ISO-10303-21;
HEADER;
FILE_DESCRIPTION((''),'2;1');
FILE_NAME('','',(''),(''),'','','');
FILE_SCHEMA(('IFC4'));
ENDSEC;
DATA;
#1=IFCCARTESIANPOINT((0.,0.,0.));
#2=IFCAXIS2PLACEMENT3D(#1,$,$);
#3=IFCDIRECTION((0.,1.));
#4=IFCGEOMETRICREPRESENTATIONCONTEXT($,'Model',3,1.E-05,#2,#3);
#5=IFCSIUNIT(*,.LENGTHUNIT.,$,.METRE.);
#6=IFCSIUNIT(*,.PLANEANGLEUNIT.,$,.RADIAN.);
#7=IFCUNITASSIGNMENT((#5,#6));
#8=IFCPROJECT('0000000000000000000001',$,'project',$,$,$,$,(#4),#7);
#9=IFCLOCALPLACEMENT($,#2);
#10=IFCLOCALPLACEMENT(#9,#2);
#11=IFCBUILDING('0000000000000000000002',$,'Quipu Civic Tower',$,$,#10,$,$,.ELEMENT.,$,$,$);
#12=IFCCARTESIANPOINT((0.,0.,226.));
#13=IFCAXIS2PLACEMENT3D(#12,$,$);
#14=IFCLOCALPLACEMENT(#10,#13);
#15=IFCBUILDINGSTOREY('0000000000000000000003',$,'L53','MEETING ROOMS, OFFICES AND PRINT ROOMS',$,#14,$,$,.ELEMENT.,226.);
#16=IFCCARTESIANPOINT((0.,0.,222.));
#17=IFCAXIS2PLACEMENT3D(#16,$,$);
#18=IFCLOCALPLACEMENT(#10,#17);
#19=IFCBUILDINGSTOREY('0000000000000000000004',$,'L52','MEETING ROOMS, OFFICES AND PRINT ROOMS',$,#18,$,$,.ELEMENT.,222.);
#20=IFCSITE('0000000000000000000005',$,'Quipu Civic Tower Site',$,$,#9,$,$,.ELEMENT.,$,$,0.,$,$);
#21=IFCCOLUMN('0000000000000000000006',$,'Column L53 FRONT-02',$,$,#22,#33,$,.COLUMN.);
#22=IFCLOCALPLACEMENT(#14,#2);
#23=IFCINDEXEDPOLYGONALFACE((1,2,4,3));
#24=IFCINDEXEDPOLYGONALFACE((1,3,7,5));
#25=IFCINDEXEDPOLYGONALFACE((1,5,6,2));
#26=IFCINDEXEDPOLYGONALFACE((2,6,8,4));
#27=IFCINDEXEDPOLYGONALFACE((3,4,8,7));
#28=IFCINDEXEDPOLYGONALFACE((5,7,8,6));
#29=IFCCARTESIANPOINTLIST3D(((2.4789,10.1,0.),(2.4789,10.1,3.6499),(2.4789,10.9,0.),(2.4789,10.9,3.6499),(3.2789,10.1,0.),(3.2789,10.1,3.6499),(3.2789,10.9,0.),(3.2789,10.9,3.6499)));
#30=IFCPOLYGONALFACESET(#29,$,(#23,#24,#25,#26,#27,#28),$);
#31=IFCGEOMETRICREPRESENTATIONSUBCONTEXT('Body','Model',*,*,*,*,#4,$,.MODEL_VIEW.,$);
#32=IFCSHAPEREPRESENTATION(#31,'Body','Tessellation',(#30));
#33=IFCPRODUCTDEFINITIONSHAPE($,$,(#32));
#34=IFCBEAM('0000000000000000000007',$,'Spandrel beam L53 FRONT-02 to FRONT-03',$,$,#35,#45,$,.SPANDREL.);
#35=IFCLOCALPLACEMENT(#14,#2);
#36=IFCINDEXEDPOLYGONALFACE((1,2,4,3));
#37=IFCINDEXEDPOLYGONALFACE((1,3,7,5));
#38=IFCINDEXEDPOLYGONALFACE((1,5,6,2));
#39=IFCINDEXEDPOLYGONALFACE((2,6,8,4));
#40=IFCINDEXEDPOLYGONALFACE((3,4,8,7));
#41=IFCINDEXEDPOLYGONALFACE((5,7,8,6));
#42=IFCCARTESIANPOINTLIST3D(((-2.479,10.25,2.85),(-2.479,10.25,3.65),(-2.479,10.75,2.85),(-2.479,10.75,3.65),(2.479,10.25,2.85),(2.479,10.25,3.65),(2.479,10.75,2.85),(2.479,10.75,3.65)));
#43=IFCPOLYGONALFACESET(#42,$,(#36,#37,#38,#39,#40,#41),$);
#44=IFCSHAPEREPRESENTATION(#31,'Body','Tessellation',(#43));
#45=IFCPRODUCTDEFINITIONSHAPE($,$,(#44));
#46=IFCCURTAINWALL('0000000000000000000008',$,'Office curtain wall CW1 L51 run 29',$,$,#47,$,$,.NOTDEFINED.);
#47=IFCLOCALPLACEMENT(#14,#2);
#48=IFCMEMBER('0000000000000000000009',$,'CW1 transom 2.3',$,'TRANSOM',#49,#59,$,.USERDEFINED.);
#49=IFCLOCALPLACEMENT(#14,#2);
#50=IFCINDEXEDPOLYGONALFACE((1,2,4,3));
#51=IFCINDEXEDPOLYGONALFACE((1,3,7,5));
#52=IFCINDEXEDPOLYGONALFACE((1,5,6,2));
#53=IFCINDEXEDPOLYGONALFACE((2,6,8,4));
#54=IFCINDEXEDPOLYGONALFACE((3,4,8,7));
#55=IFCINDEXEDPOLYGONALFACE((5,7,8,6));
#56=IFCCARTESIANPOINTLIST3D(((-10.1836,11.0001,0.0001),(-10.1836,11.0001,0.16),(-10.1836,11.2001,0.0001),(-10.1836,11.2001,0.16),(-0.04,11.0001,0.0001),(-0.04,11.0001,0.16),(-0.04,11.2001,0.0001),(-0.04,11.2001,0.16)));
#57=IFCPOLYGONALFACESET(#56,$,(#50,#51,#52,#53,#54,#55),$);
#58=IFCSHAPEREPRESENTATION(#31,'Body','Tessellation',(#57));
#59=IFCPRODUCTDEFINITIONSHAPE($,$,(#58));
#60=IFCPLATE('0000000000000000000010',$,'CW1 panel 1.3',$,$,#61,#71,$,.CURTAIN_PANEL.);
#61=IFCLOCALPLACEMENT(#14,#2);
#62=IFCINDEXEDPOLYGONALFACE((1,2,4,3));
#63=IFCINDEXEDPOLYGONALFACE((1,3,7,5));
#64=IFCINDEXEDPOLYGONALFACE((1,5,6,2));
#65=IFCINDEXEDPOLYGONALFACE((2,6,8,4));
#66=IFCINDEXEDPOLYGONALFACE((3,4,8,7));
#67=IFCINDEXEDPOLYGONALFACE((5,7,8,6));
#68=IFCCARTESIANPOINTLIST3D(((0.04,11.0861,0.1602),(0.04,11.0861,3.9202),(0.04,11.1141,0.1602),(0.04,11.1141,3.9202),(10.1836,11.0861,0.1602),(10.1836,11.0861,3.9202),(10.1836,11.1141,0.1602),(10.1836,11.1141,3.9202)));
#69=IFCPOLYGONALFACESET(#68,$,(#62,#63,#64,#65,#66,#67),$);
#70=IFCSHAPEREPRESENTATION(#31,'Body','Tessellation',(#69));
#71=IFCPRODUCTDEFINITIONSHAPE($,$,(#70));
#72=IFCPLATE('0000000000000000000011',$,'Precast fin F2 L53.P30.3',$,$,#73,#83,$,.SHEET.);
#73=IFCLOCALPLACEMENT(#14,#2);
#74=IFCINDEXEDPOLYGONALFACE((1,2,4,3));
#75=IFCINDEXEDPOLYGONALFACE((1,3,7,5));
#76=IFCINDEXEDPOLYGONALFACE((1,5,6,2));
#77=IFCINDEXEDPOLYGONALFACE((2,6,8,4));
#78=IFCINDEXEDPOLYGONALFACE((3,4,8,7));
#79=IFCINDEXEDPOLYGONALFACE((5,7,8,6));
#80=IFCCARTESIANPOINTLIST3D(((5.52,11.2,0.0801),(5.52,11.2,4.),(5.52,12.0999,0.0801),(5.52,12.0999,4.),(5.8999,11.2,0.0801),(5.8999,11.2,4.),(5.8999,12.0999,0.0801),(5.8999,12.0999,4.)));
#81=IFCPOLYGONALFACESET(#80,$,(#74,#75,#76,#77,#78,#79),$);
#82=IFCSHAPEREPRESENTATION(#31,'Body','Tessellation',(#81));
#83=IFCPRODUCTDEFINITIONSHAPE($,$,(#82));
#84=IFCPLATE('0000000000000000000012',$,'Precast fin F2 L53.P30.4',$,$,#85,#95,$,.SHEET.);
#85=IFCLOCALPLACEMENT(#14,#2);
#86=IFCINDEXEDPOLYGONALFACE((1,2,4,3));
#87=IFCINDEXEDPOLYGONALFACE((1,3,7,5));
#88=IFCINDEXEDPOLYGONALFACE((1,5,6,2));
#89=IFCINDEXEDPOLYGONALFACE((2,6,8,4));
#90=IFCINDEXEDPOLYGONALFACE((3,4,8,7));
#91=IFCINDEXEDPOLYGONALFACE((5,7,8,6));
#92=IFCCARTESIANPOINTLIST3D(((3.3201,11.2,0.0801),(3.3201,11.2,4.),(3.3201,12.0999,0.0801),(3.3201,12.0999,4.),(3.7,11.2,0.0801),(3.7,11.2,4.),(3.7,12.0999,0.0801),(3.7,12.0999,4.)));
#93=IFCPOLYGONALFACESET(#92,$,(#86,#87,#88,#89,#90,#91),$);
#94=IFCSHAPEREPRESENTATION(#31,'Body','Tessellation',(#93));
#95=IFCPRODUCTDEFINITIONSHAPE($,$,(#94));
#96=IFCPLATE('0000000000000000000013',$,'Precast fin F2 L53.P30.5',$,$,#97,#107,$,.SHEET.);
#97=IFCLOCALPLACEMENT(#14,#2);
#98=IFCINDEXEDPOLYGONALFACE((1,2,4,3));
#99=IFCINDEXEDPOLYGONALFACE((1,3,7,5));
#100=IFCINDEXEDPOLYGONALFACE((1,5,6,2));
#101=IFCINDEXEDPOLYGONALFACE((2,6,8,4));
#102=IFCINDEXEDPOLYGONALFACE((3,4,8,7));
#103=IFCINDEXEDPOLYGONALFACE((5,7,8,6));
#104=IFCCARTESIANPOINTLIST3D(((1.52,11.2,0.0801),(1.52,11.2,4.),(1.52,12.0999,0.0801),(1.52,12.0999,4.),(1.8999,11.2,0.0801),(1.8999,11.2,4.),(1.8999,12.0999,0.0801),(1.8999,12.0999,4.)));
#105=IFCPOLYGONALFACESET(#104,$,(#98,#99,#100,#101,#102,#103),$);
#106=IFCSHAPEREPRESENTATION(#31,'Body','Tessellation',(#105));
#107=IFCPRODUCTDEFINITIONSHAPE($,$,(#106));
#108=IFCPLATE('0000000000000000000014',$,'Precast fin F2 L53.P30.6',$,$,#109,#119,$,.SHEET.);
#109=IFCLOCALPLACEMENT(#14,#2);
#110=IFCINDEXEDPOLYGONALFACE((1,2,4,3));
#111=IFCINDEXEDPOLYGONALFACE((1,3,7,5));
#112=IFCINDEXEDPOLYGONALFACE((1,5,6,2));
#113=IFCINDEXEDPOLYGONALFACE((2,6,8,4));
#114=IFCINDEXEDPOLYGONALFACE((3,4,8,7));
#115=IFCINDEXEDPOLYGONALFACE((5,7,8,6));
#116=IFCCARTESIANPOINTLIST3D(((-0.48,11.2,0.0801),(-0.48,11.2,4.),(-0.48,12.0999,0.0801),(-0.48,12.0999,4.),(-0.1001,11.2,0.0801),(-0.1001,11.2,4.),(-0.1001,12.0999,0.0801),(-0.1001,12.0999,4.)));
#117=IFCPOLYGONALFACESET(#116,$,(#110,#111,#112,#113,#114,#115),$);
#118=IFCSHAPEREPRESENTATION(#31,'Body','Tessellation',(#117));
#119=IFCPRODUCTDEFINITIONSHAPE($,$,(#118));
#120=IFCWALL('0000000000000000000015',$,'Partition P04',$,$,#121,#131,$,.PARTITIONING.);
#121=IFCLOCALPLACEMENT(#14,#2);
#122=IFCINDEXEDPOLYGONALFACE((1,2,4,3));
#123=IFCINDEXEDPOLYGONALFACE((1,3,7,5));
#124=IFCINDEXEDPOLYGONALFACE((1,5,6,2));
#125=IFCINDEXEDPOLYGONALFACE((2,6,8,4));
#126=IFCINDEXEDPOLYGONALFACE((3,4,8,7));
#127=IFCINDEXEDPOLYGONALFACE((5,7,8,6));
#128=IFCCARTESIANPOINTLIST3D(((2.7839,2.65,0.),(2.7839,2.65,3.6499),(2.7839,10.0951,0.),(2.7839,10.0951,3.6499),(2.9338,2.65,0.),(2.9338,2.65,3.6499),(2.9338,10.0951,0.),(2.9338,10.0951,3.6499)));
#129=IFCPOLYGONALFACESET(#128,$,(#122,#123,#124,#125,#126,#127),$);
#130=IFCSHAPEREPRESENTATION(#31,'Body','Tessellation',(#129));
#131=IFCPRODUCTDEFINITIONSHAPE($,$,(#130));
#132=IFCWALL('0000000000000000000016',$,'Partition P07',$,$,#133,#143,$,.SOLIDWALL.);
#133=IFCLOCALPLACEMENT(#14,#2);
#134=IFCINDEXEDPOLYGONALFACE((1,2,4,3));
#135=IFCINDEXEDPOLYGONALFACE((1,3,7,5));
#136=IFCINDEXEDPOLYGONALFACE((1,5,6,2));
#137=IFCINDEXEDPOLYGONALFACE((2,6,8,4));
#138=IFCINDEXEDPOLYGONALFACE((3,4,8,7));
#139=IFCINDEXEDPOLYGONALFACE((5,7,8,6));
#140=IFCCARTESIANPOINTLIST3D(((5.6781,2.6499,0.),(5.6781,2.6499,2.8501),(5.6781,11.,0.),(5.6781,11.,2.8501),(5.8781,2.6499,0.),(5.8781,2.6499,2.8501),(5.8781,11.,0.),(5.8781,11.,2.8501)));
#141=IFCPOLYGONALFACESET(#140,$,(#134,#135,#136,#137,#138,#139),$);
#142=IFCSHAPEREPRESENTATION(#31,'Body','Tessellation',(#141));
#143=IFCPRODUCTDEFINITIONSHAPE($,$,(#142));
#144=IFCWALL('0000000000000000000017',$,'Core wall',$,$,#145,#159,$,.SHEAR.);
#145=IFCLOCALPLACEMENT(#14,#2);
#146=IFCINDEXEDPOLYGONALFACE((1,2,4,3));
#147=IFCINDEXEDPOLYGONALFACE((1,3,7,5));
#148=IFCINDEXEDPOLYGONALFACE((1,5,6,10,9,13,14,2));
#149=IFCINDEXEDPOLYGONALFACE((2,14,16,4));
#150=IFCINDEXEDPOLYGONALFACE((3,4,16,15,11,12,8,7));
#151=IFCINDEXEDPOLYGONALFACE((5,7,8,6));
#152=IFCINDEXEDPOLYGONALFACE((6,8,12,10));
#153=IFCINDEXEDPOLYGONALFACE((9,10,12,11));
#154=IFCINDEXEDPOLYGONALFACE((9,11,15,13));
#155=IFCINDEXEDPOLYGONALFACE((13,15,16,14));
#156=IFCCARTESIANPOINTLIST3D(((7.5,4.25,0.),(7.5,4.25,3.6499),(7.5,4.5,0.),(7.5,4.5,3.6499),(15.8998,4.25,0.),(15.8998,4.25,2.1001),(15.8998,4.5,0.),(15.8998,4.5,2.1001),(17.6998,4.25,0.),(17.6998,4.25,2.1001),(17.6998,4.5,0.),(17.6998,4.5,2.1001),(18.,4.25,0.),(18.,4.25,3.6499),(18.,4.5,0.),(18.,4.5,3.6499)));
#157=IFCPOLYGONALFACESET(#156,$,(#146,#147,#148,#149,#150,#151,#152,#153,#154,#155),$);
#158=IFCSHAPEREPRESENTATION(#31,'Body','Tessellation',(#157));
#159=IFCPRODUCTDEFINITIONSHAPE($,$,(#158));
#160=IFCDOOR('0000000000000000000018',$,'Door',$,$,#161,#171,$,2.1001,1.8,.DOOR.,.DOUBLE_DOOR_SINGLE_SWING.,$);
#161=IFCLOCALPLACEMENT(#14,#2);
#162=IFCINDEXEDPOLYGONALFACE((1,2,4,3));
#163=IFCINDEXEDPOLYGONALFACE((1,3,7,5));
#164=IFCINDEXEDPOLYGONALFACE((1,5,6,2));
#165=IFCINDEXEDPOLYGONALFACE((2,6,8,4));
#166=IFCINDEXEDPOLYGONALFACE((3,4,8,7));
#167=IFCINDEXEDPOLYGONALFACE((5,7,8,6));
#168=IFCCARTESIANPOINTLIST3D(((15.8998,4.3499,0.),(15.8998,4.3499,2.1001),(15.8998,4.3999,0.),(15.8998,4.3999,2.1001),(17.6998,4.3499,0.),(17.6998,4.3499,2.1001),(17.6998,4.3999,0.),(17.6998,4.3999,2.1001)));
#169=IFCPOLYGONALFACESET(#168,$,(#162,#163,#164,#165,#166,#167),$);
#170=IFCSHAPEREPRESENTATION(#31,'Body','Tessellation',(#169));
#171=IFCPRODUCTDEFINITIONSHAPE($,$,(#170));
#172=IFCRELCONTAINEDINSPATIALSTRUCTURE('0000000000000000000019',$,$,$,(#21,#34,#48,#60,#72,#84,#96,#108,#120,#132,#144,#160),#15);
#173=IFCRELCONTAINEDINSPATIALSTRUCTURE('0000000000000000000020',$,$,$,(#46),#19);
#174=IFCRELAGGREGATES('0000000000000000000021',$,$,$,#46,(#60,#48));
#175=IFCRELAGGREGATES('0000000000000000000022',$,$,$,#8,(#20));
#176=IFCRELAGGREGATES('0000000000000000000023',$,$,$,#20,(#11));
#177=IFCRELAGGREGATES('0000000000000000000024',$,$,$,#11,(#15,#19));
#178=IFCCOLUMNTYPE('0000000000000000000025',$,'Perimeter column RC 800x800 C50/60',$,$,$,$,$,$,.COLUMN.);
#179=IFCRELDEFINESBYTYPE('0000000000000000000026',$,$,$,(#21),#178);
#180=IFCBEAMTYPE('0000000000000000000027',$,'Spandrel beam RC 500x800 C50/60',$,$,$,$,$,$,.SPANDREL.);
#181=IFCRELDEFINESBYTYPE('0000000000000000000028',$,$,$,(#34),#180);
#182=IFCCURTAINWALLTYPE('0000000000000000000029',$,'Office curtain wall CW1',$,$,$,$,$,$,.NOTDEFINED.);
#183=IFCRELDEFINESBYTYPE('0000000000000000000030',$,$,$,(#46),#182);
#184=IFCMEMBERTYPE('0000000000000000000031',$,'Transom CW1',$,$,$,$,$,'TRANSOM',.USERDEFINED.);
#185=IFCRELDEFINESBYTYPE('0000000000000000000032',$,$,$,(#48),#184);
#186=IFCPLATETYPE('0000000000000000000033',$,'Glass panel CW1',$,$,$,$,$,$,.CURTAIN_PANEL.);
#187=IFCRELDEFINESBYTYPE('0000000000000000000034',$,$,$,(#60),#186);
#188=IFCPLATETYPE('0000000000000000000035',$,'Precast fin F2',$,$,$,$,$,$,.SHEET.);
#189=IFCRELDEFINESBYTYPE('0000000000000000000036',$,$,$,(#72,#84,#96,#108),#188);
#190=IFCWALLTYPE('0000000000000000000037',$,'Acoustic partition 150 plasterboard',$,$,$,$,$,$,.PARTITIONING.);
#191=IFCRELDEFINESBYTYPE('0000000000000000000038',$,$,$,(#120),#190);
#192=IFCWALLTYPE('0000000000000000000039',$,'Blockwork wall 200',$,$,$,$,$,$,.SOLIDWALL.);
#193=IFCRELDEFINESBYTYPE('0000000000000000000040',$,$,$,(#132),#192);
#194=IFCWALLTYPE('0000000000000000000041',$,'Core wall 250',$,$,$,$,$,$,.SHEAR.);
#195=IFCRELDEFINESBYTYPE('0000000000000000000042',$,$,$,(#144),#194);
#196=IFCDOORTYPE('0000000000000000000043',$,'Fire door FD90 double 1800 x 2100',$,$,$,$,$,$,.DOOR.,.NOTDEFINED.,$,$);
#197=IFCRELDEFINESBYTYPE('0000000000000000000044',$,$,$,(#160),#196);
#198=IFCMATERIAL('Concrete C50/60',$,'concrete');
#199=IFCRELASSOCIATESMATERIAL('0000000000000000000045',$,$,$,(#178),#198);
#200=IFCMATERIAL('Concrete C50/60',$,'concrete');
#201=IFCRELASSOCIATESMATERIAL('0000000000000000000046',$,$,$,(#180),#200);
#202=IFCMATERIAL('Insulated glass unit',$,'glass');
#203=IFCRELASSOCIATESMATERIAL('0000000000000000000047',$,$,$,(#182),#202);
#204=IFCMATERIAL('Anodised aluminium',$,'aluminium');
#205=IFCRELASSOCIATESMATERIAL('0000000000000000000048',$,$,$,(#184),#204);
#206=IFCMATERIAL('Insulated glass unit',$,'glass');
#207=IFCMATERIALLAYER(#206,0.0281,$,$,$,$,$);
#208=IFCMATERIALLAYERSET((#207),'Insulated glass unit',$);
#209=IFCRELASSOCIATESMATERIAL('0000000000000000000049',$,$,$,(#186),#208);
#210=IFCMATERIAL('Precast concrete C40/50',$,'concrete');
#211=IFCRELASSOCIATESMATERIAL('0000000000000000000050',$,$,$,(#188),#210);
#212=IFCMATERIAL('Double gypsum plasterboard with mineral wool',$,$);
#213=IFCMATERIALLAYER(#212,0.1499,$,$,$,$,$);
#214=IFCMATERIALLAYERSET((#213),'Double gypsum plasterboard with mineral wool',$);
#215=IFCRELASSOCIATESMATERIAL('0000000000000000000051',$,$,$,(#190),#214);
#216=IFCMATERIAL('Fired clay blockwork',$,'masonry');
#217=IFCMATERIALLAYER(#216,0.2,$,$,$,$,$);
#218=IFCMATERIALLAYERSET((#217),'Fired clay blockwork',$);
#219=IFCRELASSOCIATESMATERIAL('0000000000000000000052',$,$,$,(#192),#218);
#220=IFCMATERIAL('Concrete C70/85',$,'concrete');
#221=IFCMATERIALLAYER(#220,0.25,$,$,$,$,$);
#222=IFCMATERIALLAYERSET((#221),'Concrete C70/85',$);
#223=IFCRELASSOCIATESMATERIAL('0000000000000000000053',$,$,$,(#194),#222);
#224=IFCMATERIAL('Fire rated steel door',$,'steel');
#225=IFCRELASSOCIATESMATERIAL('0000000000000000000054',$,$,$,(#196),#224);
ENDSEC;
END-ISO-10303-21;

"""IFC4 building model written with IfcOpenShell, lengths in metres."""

from ifc_helpers import new_model, si_unit, direction, frame, frame_2d, origin, origin_2d, place, context, subcontext, project, spatial, rectangle, extrude, material, layer, layer_set, material_profile, profile_set, type_object, element, fill, aggregate, save


model = new_model("IFC4")

# Units and contexts
model_context = context("Model", 3, precision=1e-05, world=origin(), true_north=direction((0.0, 1.0)))
body_context = subcontext(model_context, "Body", "Model", "MODEL_VIEW")
ifc_project = project(units=[si_unit("LENGTHUNIT", "METRE"), si_unit("PLANEANGLEUNIT", "RADIAN")], contexts=[model_context])

# Site, building, storey
site_placement = place(None, origin())
site = spatial("IfcSite", under=ifc_project, at=site_placement, Name="Quipu Civic Tower Site", CompositionType="ELEMENT", RefElevation=0.0)
building_placement = place(site_placement, origin())
building = spatial("IfcBuilding", under=site, at=building_placement, Name="Quipu Civic Tower", CompositionType="ELEMENT")
storey_1_placement = place(building_placement, frame((0.0, 0.0, 226.0)))
storey_1 = spatial("IfcBuildingStorey", under=building, at=storey_1_placement, Name="L53", Description="MEETING ROOMS, OFFICES AND PRINT ROOMS", CompositionType="ELEMENT", Elevation=226.0)

# Column
ifc_material_1 = material(Name="Concrete C50/60", Category="concrete")
ifc_material_profile_1 = material_profile(ifc_material_1, rectangle(XDim=0.8, YDim=0.8, at=origin_2d()), Name="RC800x800")
ifc_profile_set_1 = profile_set([ifc_material_profile_1], Name="Concrete C50/60")
column_type = type_object("IfcColumnType", Name="Perimeter column RC 800x800 C50/60", PredefinedType="COLUMN", material=ifc_profile_set_1)
column_placement = place(storey_1_placement, frame((2.8789, 10.5, 0.0), z_axis=(0.0, 0.0, 1.0), x_axis=(-1.0, 0.0, 0.0)))
element("IfcColumn", 1, at=column_placement, inside=storey_1, type_object=column_type, Name="Column L53 FRONT-02", PredefinedType="COLUMN", context=body_context, shape_type="SweptSolid", body=[
    extrude(rectangle(XDim=0.8, YDim=0.8, at=origin_2d()), origin(), (0.0, 0.0, 1.0), 3.6499),
])

# Beam
ifc_material_2 = material(Name="Concrete C50/60", Category="concrete")
ifc_material_profile_2 = material_profile(ifc_material_2, rectangle(XDim=0.5, YDim=0.8, at=origin_2d()), Name="RC500x800")
ifc_profile_set_2 = profile_set([ifc_material_profile_2], Name="Concrete C50/60")
beam_type = type_object("IfcBeamType", Name="Spandrel beam RC 500x800 C50/60", PredefinedType="SPANDREL", material=ifc_profile_set_2)
beam_placement = place(storey_1_placement, frame((2.479, 10.5, 3.25), z_axis=(-1.0, 0.0, 0.0), x_axis=(0.0, -1.0, 0.0)))
element("IfcBeam", 2, at=beam_placement, inside=storey_1, type_object=beam_type, Name="Spandrel beam L53 FRONT-02 to FRONT-03", PredefinedType="SPANDREL", context=body_context, shape_type="SweptSolid", body=[
    extrude(rectangle(XDim=0.5, YDim=0.8, at=origin_2d()), origin(), (0.0, 0.0, 1.0), 4.958),
])

# Shared definitions
storey_2_placement = place(building_placement, frame((0.0, 0.0, 222.0)))
storey_2 = spatial("IfcBuildingStorey", under=building, at=storey_2_placement, Name="L52", Description="MEETING ROOMS, OFFICES AND PRINT ROOMS", CompositionType="ELEMENT", Elevation=222.0)

# Curtain wall, member, plate
ifc_material_3 = material(Name="Insulated glass unit", Category="glass")
curtain_wall_type = type_object("IfcCurtainWallType", Name="Office curtain wall CW1", PredefinedType="NOTDEFINED", material=ifc_material_3)
curtain_wall_placement = place(storey_2_placement, origin())
curtain_wall = element("IfcCurtainWall", 3, at=curtain_wall_placement, inside=storey_2, type_object=curtain_wall_type, Name="Office curtain wall CW1 L51 run 29", PredefinedType="NOTDEFINED")
ifc_material_4 = material(Name="Anodised aluminium", Category="aluminium")
ifc_material_profile_3 = material_profile(ifc_material_4, rectangle(XDim=0.2, YDim=0.1599, at=origin_2d()), Name="RECT 200x160")
ifc_profile_set_3 = profile_set([ifc_material_profile_3], Name="Anodised aluminium")
member_type = type_object("IfcMemberType", Name="Transom CW1", ElementType="TRANSOM", PredefinedType="USERDEFINED", material=ifc_profile_set_3)
member_placement = place(storey_1_placement, frame((-0.04, 11.1001, 0.0801), z_axis=(-1.0, 0.0, 0.0), x_axis=(0.0, -1.0, 0.0)))
member = element("IfcMember", 4, at=member_placement, inside=storey_1, type_object=member_type, Name="CW1 transom 2.3", ObjectType="TRANSOM", PredefinedType="USERDEFINED", context=body_context, shape_type="SweptSolid", body=[
    extrude(rectangle(XDim=0.2, YDim=0.1599, at=origin_2d()), origin(), (0.0, 0.0, 1.0), 10.1436),
])
ifc_material_5 = material(Name="Insulated glass unit", Category="glass")
ifc_layer_1 = layer(ifc_material_5, 0.0281)
ifc_layer_set_1 = layer_set([ifc_layer_1], Name="Insulated glass unit")
plate_type_1 = type_object("IfcPlateType", Name="Glass panel CW1", PredefinedType="CURTAIN_PANEL", material=ifc_layer_set_1)
plate_placement = place(storey_1_placement, frame((5.1118, 11.1001, 0.1602), z_axis=(0.0, 0.0, 1.0), x_axis=(-1.0, 0.0, 0.0)))
plate = element("IfcPlate", 5, at=plate_placement, inside=storey_1, type_object=plate_type_1, Name="CW1 panel 1.3", PredefinedType="CURTAIN_PANEL", context=body_context, shape_type="SweptSolid", body=[
    extrude(rectangle(XDim=10.1436, YDim=0.0281, at=origin_2d()), origin(), (0.0, 0.0, 1.0), 3.76),
])
aggregate(curtain_wall, [plate, member])

# Plates
ifc_material_6 = material(Name="Precast concrete C40/50", Category="concrete")
plate_type_2 = type_object("IfcPlateType", Name="Precast fin F2", PredefinedType="SHEET", material=ifc_material_6)
for number, where, z_axis, x_axis, name in (
    (6, (5.71, 11.6499, 0.0801), (0.0, 0.0, 1.0), (-1.0, 0.0, 0.0), "Precast fin F2 L53.P30.3"),
    (7, (3.51, 11.6499, 0.0801), (0.0, 0.0, 1.0), (-1.0, 0.0, 0.0), "Precast fin F2 L53.P30.4"),
    (8, (1.71, 11.6499, 0.0801), (0.0, 0.0, 1.0), (-1.0, 0.0, 0.0), "Precast fin F2 L53.P30.5"),
    (9, (-0.29, 11.6499, 0.0801), (0.0, 0.0, 1.0), (-1.0, 0.0, 0.0), "Precast fin F2 L53.P30.6"),
):
    element("IfcPlate", number, at=place(storey_1_placement, frame(where, z_axis=z_axis, x_axis=x_axis)), inside=storey_1, type_object=plate_type_2, Name=name, PredefinedType="SHEET", context=body_context, shape_type="SweptSolid", body=[
        extrude(rectangle(XDim=0.3799, YDim=0.8999, at=origin_2d()), origin(), (0.0, 0.0, 1.0), 3.9199),
    ])

# Walls
ifc_material_7 = material(Name="Double gypsum plasterboard with mineral wool")
ifc_layer_2 = layer(ifc_material_7, 0.1499)
ifc_layer_set_2 = layer_set([ifc_layer_2], Name="Double gypsum plasterboard with mineral wool")
wall_type_1 = type_object("IfcWallType", Name="Acoustic partition 150 plasterboard", PredefinedType="PARTITIONING", material=ifc_layer_set_2)
wall_1_placement = place(storey_1_placement, frame((2.8589, 2.6499, 0.0), z_axis=(0.0, 0.0, 1.0), x_axis=(0.0, 1.0, 0.0)))
element("IfcWall", 10, at=wall_1_placement, inside=storey_1, type_object=wall_type_1, Name="Partition P04", PredefinedType="PARTITIONING", context=body_context, shape_type="SweptSolid", body=[
    extrude(rectangle(XDim=7.4451, YDim=0.1499, at=frame_2d((3.7227, 0.0))), origin(), (0.0, 0.0, 1.0), 3.6499),
])
ifc_material_8 = material(Name="Fired clay blockwork", Category="masonry")
ifc_layer_3 = layer(ifc_material_8, 0.2)
ifc_layer_set_3 = layer_set([ifc_layer_3], Name="Fired clay blockwork")
wall_type_2 = type_object("IfcWallType", Name="Blockwork wall 200", PredefinedType="SOLIDWALL", material=ifc_layer_set_3)
wall_2_placement = place(storey_1_placement, frame((5.7781, 11.0, 0.0), z_axis=(0.0, 0.0, 1.0), x_axis=(0.0, -1.0, 0.0)))
element("IfcWall", 11, at=wall_2_placement, inside=storey_1, type_object=wall_type_2, Name="Partition P07", PredefinedType="SOLIDWALL", context=body_context, shape_type="SweptSolid", body=[
    extrude(rectangle(XDim=8.3501, YDim=0.2, at=frame_2d((4.175, 0.0))), origin(), (0.0, 0.0, 1.0), 2.8501),
])

# Wall, opening, door
ifc_material_9 = material(Name="Concrete C70/85", Category="concrete")
ifc_layer_4 = layer(ifc_material_9, 0.25)
ifc_layer_set_4 = layer_set([ifc_layer_4], Name="Concrete C70/85")
wall_type_3 = type_object("IfcWallType", Name="Core wall 250", PredefinedType="SHEAR", material=ifc_layer_set_4)
wall_3_placement = place(storey_1_placement, frame((7.5, 4.375, 0.0), z_axis=(0.0, 0.0, 1.0), x_axis=(1.0, 0.0, 0.0)))
wall_3 = element("IfcWall", 12, at=wall_3_placement, inside=storey_1, type_object=wall_type_3, Name="Core wall", PredefinedType="SHEAR", context=body_context, shape_type="SweptSolid", body=[
    extrude(rectangle(XDim=10.5, YDim=0.25, at=frame_2d((5.25, 0.0))), origin(), (0.0, 0.0, 1.0), 3.6499),
])
opening_1_placement = place(wall_3_placement, frame((8.3999, 0.0, 0.0)))
opening_1 = element("IfcOpeningElement", 13, at=opening_1_placement, cuts=wall_3, PredefinedType="OPENING", context=body_context, shape_type="SweptSolid", body=[
    extrude(rectangle(XDim=1.8, YDim=2.1001, at=frame_2d((0.8999, 1.05))), frame((0.0, 0.135, 0.0), z_axis=(0.0, -1.0, 0.0), x_axis=(1.0, 0.0, 0.0)), (0.0, 0.0, 1.0), 0.27),
])
ifc_material_10 = material(Name="Fire rated steel door", Category="steel")
door_type_1 = type_object("IfcDoorType", Name="Fire door FD90 double 1800 x 2100", OperationType="NOTDEFINED", PredefinedType="DOOR", material=ifc_material_10)
door_1_placement = place(opening_1_placement, origin())
door_1 = element("IfcDoor", 14, at=door_1_placement, inside=storey_1, type_object=door_type_1, Name="Door", OperationType="DOUBLE_DOOR_SINGLE_SWING", OverallHeight=2.1001, OverallWidth=1.8, PredefinedType="DOOR", context=body_context, shape_type="SweptSolid", body=[
    extrude(rectangle(XDim=1.8, YDim=2.1001, at=frame_2d((0.8999, 1.05))), frame((0.0, 0.0249, 0.0), z_axis=(0.0, -1.0, 0.0), x_axis=(1.0, 0.0, 0.0)), (0.0, 0.0, 1.0), 0.05),
])
fill(opening_1, door_1)

save(model, "model.ifc")
